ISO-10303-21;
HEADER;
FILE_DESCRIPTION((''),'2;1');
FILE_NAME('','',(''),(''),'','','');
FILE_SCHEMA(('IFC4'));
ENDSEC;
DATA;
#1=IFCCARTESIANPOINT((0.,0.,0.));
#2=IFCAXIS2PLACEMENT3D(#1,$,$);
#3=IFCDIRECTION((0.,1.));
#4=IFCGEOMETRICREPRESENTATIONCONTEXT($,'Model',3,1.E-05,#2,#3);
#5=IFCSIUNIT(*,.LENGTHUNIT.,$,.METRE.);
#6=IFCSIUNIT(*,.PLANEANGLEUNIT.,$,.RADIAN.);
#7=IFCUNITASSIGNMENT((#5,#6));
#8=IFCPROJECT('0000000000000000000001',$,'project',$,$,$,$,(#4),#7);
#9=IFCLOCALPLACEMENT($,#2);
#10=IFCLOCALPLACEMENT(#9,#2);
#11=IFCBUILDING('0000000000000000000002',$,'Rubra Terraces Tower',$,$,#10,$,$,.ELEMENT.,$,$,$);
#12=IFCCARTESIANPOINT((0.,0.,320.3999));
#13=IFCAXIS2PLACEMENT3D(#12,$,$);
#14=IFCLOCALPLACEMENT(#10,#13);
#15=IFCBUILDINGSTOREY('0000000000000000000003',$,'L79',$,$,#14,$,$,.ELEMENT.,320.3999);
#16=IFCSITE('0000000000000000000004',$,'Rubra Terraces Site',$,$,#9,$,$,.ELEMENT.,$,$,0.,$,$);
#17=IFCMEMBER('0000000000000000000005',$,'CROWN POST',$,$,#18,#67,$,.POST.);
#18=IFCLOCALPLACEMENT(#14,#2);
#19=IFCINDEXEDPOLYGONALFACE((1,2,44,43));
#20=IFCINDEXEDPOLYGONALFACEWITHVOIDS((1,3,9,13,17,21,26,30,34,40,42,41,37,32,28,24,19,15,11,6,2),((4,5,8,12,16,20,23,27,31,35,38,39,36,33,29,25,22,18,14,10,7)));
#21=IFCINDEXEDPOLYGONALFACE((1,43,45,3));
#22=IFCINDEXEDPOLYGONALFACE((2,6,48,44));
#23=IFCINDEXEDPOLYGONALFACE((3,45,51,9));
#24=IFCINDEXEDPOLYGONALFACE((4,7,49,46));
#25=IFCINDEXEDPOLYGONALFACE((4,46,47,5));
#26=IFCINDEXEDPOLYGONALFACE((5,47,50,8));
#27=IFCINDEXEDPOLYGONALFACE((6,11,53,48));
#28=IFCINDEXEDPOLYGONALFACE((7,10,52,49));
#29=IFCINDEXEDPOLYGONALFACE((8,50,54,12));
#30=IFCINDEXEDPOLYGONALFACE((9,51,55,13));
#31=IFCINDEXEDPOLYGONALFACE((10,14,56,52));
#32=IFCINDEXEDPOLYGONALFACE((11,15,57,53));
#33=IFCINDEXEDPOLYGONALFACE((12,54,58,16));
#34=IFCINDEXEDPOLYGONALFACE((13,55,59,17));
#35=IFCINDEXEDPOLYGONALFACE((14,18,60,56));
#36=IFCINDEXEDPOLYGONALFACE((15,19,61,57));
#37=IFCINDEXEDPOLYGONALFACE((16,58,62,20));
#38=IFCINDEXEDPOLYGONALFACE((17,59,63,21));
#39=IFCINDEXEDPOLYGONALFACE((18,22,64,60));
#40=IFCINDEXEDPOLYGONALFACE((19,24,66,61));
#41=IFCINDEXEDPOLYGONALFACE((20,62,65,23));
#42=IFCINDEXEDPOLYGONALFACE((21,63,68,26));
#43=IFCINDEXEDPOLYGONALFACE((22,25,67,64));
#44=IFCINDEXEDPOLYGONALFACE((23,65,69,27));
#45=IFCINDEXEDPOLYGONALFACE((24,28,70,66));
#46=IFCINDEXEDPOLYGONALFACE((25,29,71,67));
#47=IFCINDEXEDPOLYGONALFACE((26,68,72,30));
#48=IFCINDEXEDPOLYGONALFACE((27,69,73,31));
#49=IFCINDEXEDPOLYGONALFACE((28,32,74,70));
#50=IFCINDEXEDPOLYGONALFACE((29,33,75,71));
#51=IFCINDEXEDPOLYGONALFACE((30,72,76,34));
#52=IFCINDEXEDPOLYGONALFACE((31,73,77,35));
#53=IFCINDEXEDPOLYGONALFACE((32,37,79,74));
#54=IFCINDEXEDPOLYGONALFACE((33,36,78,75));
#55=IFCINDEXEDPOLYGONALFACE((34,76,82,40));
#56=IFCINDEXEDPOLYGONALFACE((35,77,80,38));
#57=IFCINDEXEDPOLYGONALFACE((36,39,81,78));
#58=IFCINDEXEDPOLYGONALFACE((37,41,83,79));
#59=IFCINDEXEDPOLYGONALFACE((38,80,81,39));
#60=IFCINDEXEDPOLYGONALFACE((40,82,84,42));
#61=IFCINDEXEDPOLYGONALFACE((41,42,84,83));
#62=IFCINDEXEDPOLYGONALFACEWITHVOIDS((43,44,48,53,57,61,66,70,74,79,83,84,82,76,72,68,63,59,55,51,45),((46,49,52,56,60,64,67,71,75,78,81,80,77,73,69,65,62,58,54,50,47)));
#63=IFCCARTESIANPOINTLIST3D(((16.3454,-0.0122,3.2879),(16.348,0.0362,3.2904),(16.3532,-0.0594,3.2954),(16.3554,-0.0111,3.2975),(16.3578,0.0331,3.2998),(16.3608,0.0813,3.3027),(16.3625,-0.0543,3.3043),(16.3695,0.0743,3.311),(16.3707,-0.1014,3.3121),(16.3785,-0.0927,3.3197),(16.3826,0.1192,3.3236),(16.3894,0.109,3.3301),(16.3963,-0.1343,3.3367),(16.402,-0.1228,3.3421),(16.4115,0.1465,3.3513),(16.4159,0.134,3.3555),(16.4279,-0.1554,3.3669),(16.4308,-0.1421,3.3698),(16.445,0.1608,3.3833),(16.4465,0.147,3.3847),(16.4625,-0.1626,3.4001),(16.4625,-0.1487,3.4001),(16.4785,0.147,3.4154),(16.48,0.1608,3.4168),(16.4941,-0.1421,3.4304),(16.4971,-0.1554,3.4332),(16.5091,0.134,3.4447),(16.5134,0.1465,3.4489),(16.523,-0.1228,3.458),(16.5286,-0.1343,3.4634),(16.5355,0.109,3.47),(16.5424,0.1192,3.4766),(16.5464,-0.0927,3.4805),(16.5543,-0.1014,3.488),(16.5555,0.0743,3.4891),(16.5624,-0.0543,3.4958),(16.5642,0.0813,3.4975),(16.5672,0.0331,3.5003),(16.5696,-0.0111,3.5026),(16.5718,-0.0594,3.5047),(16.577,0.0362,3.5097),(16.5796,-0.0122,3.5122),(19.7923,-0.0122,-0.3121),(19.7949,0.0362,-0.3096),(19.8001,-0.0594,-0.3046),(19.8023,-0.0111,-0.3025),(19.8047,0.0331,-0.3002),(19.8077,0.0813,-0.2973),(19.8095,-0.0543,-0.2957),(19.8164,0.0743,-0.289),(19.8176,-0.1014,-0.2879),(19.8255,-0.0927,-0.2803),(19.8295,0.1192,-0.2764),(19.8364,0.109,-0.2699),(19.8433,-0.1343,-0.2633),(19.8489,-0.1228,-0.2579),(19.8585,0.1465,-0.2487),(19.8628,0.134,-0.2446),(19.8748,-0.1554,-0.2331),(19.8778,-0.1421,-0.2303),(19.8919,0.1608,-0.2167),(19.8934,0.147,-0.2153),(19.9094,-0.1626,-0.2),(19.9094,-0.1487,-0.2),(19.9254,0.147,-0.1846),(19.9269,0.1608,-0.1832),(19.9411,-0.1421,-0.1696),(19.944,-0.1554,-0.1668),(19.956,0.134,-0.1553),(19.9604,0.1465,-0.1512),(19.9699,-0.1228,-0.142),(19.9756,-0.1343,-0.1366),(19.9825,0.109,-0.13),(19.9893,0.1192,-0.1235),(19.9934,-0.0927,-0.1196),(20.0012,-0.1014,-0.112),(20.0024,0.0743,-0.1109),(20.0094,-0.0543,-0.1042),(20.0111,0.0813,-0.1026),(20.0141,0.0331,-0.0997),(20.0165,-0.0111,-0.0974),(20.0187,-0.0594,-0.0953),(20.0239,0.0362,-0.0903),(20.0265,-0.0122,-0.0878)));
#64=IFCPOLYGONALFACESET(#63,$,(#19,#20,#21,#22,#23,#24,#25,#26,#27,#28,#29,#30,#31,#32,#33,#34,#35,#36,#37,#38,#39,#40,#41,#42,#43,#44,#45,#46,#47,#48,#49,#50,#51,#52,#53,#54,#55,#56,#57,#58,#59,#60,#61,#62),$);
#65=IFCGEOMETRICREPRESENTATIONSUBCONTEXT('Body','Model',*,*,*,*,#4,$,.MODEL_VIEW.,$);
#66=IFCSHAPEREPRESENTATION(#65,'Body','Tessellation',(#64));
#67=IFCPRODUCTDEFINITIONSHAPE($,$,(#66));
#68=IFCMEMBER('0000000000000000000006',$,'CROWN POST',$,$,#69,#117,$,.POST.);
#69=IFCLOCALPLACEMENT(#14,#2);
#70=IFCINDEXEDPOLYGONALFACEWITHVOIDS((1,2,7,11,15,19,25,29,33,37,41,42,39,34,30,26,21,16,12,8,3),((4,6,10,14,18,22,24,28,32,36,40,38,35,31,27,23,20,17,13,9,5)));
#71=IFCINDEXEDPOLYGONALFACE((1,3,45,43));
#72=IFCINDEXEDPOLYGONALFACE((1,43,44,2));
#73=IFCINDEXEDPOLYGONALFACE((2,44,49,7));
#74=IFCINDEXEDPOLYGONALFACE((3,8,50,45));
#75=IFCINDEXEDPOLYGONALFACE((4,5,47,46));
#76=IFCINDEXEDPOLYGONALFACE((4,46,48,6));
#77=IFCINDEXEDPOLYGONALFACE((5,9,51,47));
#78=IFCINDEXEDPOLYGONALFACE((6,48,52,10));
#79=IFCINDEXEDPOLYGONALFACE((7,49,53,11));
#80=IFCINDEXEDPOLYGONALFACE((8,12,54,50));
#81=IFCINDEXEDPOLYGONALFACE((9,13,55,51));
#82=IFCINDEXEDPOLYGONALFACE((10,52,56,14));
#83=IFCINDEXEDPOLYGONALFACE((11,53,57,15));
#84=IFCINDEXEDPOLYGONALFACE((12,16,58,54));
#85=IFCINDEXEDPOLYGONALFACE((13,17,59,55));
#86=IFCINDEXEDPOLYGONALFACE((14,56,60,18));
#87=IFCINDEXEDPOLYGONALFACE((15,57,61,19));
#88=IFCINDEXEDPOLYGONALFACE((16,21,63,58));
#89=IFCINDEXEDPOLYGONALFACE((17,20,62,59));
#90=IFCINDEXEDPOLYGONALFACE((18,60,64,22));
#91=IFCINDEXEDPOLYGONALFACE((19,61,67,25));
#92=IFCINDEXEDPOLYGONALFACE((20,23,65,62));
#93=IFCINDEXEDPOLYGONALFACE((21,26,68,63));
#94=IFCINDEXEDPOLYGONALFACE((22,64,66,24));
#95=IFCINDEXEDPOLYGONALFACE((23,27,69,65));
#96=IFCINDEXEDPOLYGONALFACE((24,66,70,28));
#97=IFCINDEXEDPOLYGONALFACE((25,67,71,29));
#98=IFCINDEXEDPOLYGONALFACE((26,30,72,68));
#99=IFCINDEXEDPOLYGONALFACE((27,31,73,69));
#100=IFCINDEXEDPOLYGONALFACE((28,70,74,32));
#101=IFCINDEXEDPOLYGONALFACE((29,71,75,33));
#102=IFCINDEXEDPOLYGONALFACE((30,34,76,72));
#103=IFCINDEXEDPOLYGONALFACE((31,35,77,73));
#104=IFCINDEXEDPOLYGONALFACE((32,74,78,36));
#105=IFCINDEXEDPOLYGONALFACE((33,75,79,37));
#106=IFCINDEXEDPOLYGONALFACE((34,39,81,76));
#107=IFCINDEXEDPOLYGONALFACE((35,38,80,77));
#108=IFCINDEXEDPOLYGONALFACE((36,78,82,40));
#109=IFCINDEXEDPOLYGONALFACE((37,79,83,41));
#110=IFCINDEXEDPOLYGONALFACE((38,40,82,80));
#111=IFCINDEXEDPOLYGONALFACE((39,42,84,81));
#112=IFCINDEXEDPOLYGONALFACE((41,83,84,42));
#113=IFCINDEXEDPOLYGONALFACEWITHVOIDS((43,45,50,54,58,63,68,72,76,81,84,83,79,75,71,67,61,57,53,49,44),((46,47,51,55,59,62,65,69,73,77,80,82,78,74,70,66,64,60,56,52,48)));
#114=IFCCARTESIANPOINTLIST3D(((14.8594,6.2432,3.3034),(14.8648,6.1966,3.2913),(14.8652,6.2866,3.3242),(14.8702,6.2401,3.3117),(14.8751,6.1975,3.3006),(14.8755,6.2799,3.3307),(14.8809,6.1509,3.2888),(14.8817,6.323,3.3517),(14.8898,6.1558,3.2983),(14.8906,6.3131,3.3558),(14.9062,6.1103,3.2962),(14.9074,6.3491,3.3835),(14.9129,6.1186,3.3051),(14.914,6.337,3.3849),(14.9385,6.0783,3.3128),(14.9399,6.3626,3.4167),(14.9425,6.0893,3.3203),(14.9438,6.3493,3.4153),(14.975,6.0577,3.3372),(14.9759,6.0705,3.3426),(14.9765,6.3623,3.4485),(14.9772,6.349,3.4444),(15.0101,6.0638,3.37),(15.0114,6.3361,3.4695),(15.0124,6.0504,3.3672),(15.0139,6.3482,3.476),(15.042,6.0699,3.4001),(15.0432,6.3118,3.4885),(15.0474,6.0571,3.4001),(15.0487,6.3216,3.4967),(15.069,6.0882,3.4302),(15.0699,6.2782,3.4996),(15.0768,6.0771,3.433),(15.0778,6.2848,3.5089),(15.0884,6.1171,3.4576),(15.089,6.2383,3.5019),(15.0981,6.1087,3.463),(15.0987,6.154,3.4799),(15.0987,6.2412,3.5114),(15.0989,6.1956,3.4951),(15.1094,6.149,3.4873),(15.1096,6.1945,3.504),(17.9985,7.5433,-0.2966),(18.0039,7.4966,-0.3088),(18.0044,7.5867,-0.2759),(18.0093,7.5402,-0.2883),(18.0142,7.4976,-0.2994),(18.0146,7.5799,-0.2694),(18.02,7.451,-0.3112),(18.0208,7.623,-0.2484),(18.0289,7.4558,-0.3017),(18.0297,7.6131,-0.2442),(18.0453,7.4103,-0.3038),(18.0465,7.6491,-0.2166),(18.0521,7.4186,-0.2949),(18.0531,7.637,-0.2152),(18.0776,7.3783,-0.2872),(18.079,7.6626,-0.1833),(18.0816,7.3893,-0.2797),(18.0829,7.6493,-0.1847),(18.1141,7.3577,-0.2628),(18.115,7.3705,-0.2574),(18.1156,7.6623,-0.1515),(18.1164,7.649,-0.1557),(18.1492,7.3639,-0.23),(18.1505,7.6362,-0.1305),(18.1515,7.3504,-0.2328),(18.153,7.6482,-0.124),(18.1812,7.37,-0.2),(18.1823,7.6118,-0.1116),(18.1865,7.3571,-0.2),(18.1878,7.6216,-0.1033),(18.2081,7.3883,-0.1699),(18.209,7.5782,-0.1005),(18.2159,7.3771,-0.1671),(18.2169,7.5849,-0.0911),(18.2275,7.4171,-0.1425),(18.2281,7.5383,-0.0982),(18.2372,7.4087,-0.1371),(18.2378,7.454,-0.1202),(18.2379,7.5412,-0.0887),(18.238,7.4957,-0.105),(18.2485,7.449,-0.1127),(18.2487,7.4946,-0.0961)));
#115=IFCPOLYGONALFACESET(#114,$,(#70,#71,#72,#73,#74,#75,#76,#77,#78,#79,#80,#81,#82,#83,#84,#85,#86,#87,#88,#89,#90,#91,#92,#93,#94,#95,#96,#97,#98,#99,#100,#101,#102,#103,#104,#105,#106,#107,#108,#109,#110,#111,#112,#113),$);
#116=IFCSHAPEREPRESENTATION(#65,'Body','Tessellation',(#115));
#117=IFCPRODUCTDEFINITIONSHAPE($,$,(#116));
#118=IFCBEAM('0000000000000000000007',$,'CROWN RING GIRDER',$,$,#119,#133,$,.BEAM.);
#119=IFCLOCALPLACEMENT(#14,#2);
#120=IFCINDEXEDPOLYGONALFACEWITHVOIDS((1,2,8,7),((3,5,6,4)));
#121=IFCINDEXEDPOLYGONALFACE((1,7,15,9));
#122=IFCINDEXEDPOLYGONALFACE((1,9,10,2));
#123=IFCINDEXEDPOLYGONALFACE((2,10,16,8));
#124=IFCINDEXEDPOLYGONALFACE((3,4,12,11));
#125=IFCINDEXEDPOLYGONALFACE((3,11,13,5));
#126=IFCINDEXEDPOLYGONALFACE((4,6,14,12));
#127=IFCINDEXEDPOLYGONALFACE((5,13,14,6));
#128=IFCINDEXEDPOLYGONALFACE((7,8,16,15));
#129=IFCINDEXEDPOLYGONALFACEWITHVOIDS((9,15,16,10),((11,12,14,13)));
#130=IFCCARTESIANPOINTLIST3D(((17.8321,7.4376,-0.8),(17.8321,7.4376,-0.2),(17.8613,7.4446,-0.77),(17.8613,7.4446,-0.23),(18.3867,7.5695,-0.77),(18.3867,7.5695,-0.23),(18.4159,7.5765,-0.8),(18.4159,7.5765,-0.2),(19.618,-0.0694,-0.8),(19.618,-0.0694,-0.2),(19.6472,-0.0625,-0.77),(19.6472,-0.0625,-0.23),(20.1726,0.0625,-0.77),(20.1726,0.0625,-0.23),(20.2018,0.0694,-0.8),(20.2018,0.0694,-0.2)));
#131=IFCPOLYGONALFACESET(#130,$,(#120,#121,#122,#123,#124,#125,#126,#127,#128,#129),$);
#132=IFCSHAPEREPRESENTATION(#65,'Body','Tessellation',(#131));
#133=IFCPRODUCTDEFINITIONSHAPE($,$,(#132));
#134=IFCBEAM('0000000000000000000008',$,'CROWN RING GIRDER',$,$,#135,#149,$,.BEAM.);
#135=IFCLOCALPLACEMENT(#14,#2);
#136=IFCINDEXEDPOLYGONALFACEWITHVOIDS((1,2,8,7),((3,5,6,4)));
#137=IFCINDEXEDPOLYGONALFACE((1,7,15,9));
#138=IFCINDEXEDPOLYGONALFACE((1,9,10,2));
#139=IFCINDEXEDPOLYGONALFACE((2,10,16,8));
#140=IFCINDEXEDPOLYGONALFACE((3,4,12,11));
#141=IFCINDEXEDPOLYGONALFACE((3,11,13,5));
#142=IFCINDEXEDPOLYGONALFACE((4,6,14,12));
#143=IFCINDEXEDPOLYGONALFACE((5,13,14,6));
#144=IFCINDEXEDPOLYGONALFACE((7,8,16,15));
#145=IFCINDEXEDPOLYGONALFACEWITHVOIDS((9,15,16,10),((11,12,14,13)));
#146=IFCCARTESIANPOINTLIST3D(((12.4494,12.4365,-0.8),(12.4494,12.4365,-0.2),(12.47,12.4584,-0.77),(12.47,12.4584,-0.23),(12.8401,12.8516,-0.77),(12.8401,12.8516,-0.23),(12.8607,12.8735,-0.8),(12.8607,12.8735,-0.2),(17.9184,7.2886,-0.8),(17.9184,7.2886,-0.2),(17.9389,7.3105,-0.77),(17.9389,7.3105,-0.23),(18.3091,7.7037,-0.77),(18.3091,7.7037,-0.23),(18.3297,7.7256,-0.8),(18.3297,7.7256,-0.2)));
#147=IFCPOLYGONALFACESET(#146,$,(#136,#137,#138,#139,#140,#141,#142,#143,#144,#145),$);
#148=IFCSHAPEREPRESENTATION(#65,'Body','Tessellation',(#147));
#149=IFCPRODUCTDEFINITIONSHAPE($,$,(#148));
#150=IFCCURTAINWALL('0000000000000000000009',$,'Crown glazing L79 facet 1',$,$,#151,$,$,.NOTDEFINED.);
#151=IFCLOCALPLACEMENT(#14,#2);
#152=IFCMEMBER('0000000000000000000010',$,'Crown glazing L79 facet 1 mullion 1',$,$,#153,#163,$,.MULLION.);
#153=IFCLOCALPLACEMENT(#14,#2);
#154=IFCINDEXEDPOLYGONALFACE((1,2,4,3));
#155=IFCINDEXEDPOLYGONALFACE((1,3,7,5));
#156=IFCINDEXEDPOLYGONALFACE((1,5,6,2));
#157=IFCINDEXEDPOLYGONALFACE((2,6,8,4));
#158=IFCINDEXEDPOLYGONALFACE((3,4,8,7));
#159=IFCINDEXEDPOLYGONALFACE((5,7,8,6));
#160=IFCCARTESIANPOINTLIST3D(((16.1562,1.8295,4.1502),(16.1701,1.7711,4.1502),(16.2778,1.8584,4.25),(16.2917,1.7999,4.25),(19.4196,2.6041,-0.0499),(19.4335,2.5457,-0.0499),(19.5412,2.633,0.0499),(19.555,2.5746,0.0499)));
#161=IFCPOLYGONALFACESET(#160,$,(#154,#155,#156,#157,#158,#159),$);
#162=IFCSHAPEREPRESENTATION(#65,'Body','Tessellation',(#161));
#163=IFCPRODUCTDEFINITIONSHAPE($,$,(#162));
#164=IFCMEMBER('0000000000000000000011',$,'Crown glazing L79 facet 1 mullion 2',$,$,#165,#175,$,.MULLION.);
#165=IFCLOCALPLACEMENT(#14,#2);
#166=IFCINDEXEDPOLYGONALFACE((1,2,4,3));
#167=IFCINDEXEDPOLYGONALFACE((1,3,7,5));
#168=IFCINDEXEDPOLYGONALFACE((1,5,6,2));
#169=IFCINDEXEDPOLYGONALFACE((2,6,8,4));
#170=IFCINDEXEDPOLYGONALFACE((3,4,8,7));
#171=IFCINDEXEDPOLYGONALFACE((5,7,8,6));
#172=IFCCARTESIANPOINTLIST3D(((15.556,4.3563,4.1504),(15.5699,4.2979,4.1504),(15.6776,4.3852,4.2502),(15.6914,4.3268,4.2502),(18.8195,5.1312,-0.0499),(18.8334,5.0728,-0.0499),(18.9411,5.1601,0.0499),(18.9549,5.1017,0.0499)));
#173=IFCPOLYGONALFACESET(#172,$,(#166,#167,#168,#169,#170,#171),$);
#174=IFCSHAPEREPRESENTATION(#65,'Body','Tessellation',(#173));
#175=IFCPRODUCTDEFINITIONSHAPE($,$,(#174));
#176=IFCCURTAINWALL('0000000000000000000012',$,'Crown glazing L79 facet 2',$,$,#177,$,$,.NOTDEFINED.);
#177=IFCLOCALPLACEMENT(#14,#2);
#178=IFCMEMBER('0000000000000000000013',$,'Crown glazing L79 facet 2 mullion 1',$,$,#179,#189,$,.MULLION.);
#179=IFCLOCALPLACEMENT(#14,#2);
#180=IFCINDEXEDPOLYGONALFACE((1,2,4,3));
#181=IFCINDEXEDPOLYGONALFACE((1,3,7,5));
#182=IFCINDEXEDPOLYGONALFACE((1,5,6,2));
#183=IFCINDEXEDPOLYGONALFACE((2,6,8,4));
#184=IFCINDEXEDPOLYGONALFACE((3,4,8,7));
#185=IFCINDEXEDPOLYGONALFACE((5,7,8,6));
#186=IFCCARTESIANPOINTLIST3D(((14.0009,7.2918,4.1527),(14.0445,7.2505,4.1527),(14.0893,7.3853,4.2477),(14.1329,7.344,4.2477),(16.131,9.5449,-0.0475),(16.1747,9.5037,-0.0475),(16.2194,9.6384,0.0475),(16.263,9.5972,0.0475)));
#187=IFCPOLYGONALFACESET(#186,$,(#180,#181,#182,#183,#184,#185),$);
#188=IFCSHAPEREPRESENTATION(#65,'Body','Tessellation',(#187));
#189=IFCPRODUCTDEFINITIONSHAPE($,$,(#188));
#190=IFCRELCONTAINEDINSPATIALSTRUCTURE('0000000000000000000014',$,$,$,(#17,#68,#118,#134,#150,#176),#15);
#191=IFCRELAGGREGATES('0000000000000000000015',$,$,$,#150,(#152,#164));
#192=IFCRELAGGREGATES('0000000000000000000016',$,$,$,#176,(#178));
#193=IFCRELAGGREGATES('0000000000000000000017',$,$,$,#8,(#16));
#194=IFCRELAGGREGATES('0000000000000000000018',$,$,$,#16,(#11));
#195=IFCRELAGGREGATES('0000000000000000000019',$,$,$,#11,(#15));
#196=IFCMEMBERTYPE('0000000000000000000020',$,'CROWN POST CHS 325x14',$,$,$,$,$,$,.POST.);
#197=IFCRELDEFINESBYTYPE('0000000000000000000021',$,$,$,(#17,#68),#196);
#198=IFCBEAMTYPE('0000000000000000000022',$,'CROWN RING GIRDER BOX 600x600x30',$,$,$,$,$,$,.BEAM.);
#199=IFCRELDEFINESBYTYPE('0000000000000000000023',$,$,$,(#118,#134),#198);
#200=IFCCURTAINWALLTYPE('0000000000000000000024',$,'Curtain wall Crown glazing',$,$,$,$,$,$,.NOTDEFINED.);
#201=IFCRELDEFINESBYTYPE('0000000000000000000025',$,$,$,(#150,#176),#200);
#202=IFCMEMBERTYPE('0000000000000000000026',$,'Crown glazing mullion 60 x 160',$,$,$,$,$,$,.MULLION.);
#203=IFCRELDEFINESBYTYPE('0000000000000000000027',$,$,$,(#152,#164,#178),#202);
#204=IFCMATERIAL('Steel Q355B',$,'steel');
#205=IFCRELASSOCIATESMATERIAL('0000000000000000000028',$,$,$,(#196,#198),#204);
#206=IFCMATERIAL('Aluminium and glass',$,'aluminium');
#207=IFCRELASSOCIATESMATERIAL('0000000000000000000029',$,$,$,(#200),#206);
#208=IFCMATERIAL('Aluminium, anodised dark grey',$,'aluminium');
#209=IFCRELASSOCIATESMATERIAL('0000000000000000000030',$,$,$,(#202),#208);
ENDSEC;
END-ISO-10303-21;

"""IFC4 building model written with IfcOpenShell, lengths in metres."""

from ifc_helpers import new_model, si_unit, direction, frame, origin, origin_2d, place, context, subcontext, project, spatial, rectangle, hollow_rectangle, hollow_circle, extrude, material, material_profile, profile_set, type_object, element, aggregate, save


model = new_model("IFC4")

# Units and contexts
model_context = context("Model", 3, precision=1e-05, world=origin(), true_north=direction((0.0, 1.0)))
body_context = subcontext(model_context, "Body", "Model", "MODEL_VIEW")
ifc_project = project(units=[si_unit("LENGTHUNIT", "METRE"), si_unit("PLANEANGLEUNIT", "RADIAN")], contexts=[model_context])

# Site, building, storey
site_placement = place(None, origin())
site = spatial("IfcSite", under=ifc_project, at=site_placement, Name="Rubra Terraces Site", CompositionType="ELEMENT", RefElevation=0.0)
building_placement = place(site_placement, origin())
building = spatial("IfcBuilding", under=site, at=building_placement, Name="Rubra Terraces Tower", CompositionType="ELEMENT")
storey_placement = place(building_placement, frame((0.0, 0.0, 320.3999)))
storey = spatial("IfcBuildingStorey", under=building, at=storey_placement, Name="L79", CompositionType="ELEMENT", Elevation=320.3999)

# Members
ifc_material_1 = material(Name="Steel Q355B", Category="steel")
ifc_material_profile_1 = material_profile(ifc_material_1, hollow_circle(Radius=0.1626, WallThickness=0.0139, at=origin_2d()), Name="CHS 325x14")
ifc_profile_set_1 = profile_set([ifc_material_profile_1], Name="Steel Q355B")
member_type_1 = type_object("IfcMemberType", Name="CROWN POST CHS 325x14", PredefinedType="POST", material=ifc_profile_set_1)
member_1_placement = place(storey_placement, frame((19.9094, 0.0, -0.2), z_axis=(-0.691584, 0.0, 0.722296), x_axis=(0.0, -1.0, 0.0)))
element("IfcMember", 1, at=member_1_placement, inside=storey, type_object=member_type_1, Name="CROWN POST", PredefinedType="POST", context=body_context, shape_type="SweptSolid", body=[
    extrude(hollow_circle(Radius=0.1626, WallThickness=0.0139, at=origin_2d()), origin(), (0.0, 0.0, 1.0), 4.9841),
])
member_2_placement = place(storey_placement, frame((18.1243, 7.5073, -0.2), z_axis=(-0.634139, -0.262622, 0.727253), x_axis=(0.382625, -0.923904, 0.0)))
element("IfcMember", 2, at=member_2_placement, inside=storey, type_object=member_type_1, Name="CROWN POST", PredefinedType="POST", context=body_context, shape_type="SweptSolid", body=[
    extrude(hollow_circle(Radius=0.1626, WallThickness=0.0139, at=origin_2d()), origin(), (0.0, 0.0, 1.0), 4.9502),
])

# Beams
ifc_material_profile_2 = material_profile(ifc_material_1, hollow_rectangle(XDim=0.6001, YDim=0.6001, WallThickness=0.03, at=origin_2d()), Name="BOX 600x600x30")
ifc_profile_set_2 = profile_set([ifc_material_profile_2], Name="Steel Q355B")
beam_type = type_object("IfcBeamType", Name="CROWN RING GIRDER BOX 600x600x30", PredefinedType="BEAM", material=ifc_profile_set_2)
beam_1_placement = place(storey_placement, frame((19.9099, 0.0, -0.5), z_axis=(-0.231435, 0.97285, 0.0), x_axis=(-0.97285, -0.231435, 0.0)))
element("IfcBeam", 3, at=beam_1_placement, inside=storey, type_object=beam_type, Name="CROWN RING GIRDER", PredefinedType="BEAM", context=body_context, shape_type="SweptSolid", body=[
    extrude(hollow_rectangle(XDim=0.6001, YDim=0.6001, WallThickness=0.03, at=origin_2d()), origin(), (0.0, 0.0, 1.0), 7.7166),
])
beam_2_placement = place(storey_placement, frame((18.124, 7.5071, -0.5), z_axis=(-0.728156, 0.685411, 0.0), x_axis=(-0.685411, -0.728156, 0.0)))
element("IfcBeam", 4, at=beam_2_placement, inside=storey, type_object=beam_type, Name="CROWN RING GIRDER", PredefinedType="BEAM", context=body_context, shape_type="SweptSolid", body=[
    extrude(hollow_rectangle(XDim=0.6001, YDim=0.6001, WallThickness=0.03, at=origin_2d()), origin(), (0.0, 0.0, 1.0), 7.5107),
])

# Curtain walls, members
ifc_material_2 = material(Name="Aluminium and glass", Category="aluminium")
curtain_wall_type = type_object("IfcCurtainWallType", Name="Curtain wall Crown glazing", PredefinedType="NOTDEFINED", material=ifc_material_2)
curtain_wall_1_placement = place(storey_placement, origin())
curtain_wall_1 = element("IfcCurtainWall", 5, at=curtain_wall_1_placement, inside=storey, type_object=curtain_wall_type, Name="Crown glazing L79 facet 1", PredefinedType="NOTDEFINED")
ifc_material_3 = material(Name="Aluminium, anodised dark grey", Category="aluminium")
ifc_material_profile_3 = material_profile(ifc_material_3, rectangle(XDim=0.0601, YDim=0.1599, at=origin_2d()), Name="AL 60x160")
ifc_profile_set_3 = profile_set([ifc_material_profile_3], Name="Aluminium, anodised dark grey")
member_type_2 = type_object("IfcMemberType", Name="Crown glazing mullion 60 x 160", PredefinedType="MULLION", material=ifc_profile_set_3)
member_3_placement = place(storey_placement, frame((19.4873, 2.5894, 0.0), z_axis=(-0.607138, -0.14412, 0.781417), x_axis=(0.230958, -0.972964, 0.0)))
member_3 = element("IfcMember", 6, at=member_3_placement, type_object=member_type_2, Name="Crown glazing L79 facet 1 mullion 1", PredefinedType="MULLION", context=body_context, shape_type="SweptSolid", body=[
    extrude(rectangle(XDim=0.0601, YDim=0.1599, at=origin_2d()), origin(), (0.0, 0.0, 1.0), 5.375),
])
member_4_placement = place(storey_placement, frame((18.8872, 5.1165, 0.0), z_axis=(-0.607134, -0.144164, 0.781412), x_axis=(0.231027, -0.972947, 0.0)))
member_4 = element("IfcMember", 7, at=member_4_placement, type_object=member_type_2, Name="Crown glazing L79 facet 1 mullion 2", PredefinedType="MULLION", context=body_context, shape_type="SweptSolid", body=[
    extrude(rectangle(XDim=0.0601, YDim=0.1599, at=origin_2d()), origin(), (0.0, 0.0, 1.0), 5.3752),
])
curtain_wall_2_placement = place(storey_placement, origin())
curtain_wall_2 = element("IfcCurtainWall", 8, at=curtain_wall_2_placement, inside=storey, type_object=curtain_wall_type, Name="Crown glazing L79 facet 2", PredefinedType="NOTDEFINED")
member_5_placement = place(storey_placement, frame((16.197, 9.571, 0.0), z_axis=(-0.408014, -0.431583, 0.804525), x_axis=(0.72667, -0.686986, 0.0)))
member_5 = element("IfcMember", 9, at=member_5_placement, type_object=member_type_2, Name="Crown glazing L79 facet 2 mullion 1", PredefinedType="MULLION", context=body_context, shape_type="SweptSolid", body=[
    extrude(rectangle(XDim=0.0601, YDim=0.1599, at=origin_2d()), origin(), (0.0, 0.0, 1.0), 5.2207),
])

aggregate(curtain_wall_1, [member_3, member_4])
aggregate(curtain_wall_2, [member_5])

save(model, "model.ifc")
